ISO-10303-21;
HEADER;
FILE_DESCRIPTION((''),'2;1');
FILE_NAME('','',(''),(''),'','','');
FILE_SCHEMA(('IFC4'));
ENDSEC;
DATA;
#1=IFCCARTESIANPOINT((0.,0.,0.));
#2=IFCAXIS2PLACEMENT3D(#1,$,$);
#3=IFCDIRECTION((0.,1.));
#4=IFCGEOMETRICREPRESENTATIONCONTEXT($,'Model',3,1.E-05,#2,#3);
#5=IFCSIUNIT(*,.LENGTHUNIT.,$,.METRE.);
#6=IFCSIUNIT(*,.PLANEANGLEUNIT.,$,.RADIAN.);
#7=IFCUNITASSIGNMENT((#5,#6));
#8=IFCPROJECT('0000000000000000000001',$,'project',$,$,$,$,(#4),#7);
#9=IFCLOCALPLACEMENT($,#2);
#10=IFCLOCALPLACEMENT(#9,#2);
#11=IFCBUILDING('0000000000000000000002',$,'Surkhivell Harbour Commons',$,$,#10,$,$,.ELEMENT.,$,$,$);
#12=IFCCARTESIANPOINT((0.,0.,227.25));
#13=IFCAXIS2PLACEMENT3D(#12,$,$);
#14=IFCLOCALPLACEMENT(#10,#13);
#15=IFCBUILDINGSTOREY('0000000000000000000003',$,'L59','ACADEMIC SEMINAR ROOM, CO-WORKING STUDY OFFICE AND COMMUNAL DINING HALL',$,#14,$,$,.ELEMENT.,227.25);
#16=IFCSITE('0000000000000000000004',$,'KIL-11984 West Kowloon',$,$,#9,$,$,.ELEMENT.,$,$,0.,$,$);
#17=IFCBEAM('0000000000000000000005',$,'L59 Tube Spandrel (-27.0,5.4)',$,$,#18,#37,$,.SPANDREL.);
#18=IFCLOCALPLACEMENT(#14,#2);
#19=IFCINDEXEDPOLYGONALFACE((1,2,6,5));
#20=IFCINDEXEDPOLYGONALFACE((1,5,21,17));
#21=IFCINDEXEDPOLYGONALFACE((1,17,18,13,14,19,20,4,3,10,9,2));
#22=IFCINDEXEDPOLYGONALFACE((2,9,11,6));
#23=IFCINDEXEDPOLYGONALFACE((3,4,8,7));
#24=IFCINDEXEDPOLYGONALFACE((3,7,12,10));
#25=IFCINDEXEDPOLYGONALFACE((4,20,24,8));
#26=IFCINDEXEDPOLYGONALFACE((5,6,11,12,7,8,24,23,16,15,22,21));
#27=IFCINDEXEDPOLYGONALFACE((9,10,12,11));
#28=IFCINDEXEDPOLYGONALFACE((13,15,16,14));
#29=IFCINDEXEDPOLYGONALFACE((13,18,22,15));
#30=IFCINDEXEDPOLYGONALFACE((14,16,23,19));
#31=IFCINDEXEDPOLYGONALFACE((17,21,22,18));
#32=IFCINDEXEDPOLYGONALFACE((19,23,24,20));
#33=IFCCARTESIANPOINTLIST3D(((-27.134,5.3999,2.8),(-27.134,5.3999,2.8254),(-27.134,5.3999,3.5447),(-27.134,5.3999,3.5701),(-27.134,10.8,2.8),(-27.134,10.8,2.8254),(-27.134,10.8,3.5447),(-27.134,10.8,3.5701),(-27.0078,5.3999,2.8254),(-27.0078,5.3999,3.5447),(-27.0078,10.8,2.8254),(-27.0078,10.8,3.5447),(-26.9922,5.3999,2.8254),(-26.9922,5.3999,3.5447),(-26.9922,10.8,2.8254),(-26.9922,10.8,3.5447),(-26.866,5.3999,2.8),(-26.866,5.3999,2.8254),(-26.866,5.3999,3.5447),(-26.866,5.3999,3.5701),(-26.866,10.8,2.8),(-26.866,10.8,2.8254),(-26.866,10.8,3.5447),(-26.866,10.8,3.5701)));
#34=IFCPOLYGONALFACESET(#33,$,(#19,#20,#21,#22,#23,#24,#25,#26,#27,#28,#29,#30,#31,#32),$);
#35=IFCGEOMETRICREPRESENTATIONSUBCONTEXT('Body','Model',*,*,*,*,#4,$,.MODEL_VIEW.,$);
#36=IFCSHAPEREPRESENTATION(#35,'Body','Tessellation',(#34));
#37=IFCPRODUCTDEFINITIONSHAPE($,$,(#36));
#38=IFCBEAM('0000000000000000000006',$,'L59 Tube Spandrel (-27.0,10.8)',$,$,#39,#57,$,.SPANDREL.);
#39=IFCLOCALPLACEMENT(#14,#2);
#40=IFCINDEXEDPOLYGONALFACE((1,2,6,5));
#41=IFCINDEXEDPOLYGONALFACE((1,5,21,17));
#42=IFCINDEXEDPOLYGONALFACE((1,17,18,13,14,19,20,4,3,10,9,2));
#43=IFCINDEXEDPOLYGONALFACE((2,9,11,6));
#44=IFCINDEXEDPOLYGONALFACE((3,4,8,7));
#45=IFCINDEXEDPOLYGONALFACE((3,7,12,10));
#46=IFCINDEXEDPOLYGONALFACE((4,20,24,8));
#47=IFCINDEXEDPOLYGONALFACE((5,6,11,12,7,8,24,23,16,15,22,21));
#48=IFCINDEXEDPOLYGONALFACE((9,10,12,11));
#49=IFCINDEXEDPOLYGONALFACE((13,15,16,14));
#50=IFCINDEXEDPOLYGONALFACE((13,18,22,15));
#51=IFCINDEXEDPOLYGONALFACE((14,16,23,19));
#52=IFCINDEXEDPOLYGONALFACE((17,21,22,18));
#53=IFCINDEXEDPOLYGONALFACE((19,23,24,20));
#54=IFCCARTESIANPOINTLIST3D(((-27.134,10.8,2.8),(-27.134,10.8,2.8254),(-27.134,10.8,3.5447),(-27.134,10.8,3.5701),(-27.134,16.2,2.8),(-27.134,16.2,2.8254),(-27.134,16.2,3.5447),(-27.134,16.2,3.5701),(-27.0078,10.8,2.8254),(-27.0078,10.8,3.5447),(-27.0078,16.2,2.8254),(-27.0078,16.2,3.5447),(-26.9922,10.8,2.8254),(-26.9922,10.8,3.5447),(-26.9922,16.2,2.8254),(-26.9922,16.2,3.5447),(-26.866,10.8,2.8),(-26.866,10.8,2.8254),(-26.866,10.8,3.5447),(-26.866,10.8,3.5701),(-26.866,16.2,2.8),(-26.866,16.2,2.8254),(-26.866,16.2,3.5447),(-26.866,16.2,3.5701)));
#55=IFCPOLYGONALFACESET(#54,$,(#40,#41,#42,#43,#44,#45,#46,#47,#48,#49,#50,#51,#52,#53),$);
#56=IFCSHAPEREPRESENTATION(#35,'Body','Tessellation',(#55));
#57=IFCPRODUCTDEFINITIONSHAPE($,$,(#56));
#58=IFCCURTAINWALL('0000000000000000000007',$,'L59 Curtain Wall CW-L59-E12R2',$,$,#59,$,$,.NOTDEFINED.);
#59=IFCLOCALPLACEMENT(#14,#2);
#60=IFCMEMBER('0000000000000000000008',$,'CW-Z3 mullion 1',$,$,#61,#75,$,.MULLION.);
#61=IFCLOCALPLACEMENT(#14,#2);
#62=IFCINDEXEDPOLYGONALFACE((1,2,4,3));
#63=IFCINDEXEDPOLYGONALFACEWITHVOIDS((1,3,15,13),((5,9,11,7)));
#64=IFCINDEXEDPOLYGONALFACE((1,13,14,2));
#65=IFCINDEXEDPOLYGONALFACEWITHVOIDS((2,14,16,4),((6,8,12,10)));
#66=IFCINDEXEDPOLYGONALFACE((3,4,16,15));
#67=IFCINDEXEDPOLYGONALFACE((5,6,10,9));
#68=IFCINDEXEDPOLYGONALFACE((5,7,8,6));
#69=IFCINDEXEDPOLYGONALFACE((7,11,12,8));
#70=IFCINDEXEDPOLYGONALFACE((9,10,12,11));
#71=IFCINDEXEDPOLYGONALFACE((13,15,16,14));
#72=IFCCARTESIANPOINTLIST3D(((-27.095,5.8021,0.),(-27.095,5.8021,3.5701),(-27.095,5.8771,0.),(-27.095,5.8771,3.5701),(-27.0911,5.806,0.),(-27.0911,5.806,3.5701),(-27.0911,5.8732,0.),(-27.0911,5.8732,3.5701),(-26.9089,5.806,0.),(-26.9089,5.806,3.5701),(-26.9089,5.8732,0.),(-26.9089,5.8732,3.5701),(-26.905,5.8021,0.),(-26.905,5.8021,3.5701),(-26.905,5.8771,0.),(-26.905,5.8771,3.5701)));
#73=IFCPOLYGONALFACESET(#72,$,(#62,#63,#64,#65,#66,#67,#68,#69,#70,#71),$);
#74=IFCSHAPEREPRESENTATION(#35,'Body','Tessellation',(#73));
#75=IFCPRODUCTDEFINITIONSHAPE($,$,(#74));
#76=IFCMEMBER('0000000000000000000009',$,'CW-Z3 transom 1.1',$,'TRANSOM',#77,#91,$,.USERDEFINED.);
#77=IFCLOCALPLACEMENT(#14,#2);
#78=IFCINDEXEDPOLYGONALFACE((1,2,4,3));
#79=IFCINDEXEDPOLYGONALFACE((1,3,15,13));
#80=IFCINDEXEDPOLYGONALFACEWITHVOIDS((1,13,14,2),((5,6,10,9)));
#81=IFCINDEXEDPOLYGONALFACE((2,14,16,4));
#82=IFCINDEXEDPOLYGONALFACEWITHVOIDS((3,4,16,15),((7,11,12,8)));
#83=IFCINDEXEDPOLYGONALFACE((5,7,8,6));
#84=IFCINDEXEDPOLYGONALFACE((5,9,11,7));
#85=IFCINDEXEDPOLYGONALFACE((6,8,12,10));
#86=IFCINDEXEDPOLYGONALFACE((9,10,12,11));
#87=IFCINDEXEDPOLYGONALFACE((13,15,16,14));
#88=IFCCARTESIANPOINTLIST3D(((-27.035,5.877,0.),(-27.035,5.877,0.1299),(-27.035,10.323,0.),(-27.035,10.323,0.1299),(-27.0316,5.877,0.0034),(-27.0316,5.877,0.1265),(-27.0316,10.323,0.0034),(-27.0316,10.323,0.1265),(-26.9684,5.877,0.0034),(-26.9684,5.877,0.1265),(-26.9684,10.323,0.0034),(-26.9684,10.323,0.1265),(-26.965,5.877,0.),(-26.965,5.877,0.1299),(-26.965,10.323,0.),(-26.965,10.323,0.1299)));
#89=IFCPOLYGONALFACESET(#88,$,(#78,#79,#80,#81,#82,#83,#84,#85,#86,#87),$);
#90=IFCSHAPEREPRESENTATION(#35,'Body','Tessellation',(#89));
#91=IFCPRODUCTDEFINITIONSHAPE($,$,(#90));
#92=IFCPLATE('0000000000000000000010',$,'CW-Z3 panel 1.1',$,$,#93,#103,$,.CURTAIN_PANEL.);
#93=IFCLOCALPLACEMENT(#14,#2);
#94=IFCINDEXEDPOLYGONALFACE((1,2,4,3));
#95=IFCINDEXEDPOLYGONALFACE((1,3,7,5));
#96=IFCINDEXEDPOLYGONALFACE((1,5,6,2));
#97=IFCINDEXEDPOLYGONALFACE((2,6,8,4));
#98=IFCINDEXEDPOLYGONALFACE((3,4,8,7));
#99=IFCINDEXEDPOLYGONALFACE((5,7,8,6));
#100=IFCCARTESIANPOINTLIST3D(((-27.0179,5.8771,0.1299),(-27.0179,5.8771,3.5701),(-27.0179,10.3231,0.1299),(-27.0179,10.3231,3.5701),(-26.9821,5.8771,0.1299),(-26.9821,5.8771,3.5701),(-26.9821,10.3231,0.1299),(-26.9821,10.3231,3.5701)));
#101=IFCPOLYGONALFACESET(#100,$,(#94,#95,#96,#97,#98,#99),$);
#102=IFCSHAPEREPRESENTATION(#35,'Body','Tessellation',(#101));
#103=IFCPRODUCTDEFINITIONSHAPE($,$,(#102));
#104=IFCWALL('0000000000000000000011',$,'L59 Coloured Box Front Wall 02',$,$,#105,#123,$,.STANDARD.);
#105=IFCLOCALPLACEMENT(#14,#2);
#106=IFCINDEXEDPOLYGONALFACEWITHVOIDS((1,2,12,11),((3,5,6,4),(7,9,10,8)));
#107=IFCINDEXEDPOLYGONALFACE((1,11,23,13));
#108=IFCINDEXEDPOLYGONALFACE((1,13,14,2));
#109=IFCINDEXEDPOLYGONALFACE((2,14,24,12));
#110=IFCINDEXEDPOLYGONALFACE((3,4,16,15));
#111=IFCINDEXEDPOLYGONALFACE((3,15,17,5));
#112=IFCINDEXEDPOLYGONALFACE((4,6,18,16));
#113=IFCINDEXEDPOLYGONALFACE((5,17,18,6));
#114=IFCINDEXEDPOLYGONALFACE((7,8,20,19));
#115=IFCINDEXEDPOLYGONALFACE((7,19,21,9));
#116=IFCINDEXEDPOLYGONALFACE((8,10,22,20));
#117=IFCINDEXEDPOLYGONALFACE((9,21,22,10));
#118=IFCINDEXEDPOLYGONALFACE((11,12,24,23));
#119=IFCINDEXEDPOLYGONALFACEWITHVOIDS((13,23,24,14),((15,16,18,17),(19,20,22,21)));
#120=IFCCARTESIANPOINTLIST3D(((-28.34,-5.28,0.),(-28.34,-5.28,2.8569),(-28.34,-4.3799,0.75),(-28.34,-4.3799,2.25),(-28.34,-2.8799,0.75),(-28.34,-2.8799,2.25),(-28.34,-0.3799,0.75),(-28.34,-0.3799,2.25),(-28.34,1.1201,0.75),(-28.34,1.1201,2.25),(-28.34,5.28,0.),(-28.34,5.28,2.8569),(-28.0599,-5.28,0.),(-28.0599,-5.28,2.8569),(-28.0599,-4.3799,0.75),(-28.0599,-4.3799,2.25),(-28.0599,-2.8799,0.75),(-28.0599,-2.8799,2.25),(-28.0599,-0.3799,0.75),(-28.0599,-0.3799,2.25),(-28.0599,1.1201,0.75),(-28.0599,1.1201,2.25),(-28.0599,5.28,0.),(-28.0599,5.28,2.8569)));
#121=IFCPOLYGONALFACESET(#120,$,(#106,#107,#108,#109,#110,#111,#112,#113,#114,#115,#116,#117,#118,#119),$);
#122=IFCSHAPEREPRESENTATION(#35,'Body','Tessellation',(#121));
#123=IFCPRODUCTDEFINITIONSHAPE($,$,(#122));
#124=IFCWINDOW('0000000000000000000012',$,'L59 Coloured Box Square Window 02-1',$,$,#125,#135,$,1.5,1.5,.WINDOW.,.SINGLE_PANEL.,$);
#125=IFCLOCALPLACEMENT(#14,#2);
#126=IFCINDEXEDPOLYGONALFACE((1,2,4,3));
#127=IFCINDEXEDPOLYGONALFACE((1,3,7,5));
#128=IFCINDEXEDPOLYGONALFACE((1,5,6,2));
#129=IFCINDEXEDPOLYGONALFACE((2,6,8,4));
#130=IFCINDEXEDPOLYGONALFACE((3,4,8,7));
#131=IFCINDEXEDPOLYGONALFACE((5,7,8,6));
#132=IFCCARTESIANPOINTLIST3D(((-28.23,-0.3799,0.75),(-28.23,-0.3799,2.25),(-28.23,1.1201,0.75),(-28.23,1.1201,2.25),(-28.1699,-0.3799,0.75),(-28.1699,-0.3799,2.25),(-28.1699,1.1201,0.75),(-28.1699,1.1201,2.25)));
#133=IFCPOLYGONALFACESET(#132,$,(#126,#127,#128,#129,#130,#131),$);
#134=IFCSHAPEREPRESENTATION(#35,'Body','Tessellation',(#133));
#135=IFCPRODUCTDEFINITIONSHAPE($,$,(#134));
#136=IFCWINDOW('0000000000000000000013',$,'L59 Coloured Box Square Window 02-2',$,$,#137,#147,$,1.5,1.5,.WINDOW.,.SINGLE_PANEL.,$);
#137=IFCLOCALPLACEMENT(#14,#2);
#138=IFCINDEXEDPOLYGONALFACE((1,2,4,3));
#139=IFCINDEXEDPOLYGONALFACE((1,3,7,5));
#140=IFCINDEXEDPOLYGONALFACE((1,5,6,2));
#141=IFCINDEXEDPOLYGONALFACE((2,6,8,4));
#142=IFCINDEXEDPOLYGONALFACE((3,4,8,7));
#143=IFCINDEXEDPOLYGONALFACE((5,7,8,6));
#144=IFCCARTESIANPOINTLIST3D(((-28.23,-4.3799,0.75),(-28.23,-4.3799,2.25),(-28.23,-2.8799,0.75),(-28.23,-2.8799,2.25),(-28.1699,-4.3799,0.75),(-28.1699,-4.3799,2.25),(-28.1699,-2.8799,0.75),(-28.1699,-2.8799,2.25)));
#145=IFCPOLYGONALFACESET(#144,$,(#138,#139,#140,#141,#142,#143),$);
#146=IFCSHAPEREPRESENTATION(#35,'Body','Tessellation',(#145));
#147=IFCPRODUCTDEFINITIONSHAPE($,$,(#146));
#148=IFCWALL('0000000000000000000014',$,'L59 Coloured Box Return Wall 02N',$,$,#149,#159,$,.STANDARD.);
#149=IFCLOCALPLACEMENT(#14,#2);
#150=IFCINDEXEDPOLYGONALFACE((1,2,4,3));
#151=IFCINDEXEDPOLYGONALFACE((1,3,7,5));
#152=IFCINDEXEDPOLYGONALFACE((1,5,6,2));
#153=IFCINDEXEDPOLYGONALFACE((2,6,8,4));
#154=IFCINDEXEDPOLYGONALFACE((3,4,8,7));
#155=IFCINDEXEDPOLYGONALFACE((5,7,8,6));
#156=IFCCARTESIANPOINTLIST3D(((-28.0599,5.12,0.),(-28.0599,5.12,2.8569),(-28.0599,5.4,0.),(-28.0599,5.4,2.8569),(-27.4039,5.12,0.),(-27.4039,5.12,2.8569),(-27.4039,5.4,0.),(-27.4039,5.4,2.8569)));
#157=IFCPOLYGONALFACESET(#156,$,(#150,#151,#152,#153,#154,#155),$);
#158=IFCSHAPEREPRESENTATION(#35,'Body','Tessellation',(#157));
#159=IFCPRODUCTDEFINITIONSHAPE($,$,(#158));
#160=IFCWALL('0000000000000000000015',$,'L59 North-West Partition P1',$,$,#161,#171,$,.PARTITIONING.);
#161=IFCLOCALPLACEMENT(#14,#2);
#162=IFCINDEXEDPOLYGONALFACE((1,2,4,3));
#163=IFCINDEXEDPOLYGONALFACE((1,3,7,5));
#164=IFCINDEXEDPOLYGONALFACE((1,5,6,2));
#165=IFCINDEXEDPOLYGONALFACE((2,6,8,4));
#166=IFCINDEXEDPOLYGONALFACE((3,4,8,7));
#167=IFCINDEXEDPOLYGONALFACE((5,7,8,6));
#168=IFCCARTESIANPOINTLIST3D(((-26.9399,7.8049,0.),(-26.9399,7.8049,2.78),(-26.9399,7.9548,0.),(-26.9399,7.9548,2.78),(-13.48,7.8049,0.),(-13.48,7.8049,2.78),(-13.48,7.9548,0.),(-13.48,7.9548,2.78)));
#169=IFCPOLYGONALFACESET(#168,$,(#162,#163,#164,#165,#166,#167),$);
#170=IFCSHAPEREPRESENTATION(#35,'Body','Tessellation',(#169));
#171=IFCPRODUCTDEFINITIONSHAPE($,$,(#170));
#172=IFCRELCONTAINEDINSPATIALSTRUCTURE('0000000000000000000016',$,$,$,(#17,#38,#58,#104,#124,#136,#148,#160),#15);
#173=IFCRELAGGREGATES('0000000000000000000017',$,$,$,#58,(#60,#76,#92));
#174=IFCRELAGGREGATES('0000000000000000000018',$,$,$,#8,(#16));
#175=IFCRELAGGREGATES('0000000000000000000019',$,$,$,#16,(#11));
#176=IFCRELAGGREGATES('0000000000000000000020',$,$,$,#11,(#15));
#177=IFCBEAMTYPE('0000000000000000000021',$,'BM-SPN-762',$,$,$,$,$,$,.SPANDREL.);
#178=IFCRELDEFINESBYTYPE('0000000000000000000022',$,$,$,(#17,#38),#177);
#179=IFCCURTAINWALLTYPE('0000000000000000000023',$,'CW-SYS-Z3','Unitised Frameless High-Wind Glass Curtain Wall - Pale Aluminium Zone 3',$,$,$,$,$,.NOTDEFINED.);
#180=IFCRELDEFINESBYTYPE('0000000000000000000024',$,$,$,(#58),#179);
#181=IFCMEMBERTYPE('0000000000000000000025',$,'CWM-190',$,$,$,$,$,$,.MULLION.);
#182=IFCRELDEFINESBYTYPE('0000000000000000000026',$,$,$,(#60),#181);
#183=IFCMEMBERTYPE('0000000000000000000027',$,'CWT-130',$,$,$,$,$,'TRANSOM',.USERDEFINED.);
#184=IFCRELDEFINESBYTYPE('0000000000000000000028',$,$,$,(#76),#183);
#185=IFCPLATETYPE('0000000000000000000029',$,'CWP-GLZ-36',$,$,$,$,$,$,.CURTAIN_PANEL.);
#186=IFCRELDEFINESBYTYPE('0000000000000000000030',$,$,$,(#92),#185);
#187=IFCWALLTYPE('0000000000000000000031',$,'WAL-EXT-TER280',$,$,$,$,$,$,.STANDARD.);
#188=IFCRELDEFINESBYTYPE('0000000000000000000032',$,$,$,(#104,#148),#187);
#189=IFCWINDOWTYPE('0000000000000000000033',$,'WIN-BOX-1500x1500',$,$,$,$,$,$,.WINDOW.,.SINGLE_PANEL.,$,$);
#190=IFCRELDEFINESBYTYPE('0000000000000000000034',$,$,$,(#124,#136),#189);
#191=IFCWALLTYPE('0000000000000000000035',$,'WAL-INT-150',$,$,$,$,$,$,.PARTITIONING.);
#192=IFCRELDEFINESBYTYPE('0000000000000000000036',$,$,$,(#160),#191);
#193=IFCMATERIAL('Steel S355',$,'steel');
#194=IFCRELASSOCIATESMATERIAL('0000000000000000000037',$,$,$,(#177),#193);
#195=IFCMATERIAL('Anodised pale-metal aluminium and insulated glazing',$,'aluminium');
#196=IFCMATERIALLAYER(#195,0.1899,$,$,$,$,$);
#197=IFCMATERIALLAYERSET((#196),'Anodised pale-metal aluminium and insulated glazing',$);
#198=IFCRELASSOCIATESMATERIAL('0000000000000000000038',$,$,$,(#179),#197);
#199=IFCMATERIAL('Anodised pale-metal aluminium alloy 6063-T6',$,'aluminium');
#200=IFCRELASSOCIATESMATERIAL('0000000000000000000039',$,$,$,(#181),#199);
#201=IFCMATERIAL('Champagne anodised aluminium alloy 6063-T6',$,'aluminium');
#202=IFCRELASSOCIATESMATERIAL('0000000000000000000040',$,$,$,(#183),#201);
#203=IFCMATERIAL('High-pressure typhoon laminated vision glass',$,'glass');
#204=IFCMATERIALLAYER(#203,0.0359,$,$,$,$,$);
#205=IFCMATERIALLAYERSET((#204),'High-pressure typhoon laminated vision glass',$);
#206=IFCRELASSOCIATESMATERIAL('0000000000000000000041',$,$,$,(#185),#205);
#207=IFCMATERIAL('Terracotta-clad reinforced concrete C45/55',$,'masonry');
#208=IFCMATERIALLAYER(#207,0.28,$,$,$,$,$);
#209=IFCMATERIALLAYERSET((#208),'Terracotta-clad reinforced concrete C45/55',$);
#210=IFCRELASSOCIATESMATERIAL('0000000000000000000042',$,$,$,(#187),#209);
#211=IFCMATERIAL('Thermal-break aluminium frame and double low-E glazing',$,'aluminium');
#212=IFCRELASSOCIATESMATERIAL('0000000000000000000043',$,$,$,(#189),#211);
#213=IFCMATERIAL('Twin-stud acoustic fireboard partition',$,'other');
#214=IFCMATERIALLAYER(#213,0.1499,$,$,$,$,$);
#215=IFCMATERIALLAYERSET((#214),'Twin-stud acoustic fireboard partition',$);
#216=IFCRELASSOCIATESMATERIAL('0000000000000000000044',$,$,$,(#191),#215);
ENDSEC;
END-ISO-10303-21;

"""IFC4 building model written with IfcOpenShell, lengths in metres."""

from ifc_helpers import new_model, si_unit, direction, frame, frame_2d, origin, origin_2d, place, context, subcontext, project, spatial, rectangle, hollow_rectangle, i_section, extrude, material, layer, layer_set, material_profile, profile_set, type_object, element, fill, aggregate, save


model = new_model("IFC4")

# Units and contexts
model_context = context("Model", 3, precision=1e-05, world=origin(), true_north=direction((0.0, 1.0)))
body_context = subcontext(model_context, "Body", "Model", "MODEL_VIEW")
ifc_project = project(units=[si_unit("LENGTHUNIT", "METRE"), si_unit("PLANEANGLEUNIT", "RADIAN")], contexts=[model_context])

# Site, building, storey
site_placement = place(None, origin())
site = spatial("IfcSite", under=ifc_project, at=site_placement, Name="KIL-11984 West Kowloon", CompositionType="ELEMENT", RefElevation=0.0)
building_placement = place(site_placement, origin())
building = spatial("IfcBuilding", under=site, at=building_placement, Name="Surkhivell Harbour Commons", CompositionType="ELEMENT")
storey_placement = place(building_placement, frame((0.0, 0.0, 227.25)))
storey = spatial("IfcBuildingStorey", under=building, at=storey_placement, Name="L59", Description="ACADEMIC SEMINAR ROOM, CO-WORKING STUDY OFFICE AND COMMUNAL DINING HALL", CompositionType="ELEMENT", Elevation=227.25)

# Beams
ifc_material_1 = material(Name="Steel S355", Category="steel")
ifc_material_profile_1 = material_profile(ifc_material_1, i_section(OverallWidth=0.2681, OverallDepth=0.77, WebThickness=0.0156, FlangeThickness=0.0254, at=origin_2d()), Name="UB762x267x197")
ifc_profile_set_1 = profile_set([ifc_material_profile_1], Name="Steel S355")
beam_type_1 = type_object("IfcBeamType", Name="BM-SPN-762", PredefinedType="SPANDREL", material=ifc_profile_set_1)
beam_1_placement = place(storey_placement, frame((-27.0, 5.3999, 3.1851), z_axis=(0.0, 1.0, 0.0), x_axis=(-1.0, 0.0, 0.0)))
element("IfcBeam", 1, at=beam_1_placement, inside=storey, type_object=beam_type_1, Name="L59 Tube Spandrel (-27.0,5.4)", PredefinedType="SPANDREL", context=body_context, shape_type="SweptSolid", body=[
    extrude(i_section(OverallWidth=0.2681, OverallDepth=0.77, WebThickness=0.0156, FlangeThickness=0.0254, at=origin_2d()), origin(), (0.0, 0.0, 1.0), 5.4001),
])
beam_2_placement = place(storey_placement, frame((-27.0, 10.8, 3.1851), z_axis=(0.0, 1.0, 0.0), x_axis=(-1.0, 0.0, 0.0)))
element("IfcBeam", 2, at=beam_2_placement, inside=storey, type_object=beam_type_1, Name="L59 Tube Spandrel (-27.0,10.8)", PredefinedType="SPANDREL", context=body_context, shape_type="SweptSolid", body=[
    extrude(i_section(OverallWidth=0.2681, OverallDepth=0.77, WebThickness=0.0156, FlangeThickness=0.0254, at=origin_2d()), origin(), (0.0, 0.0, 1.0), 5.3999),
])

# Curtain wall, members, plate
ifc_material_2 = material(Name="Anodised pale-metal aluminium and insulated glazing", Category="aluminium")
ifc_layer_1 = layer(ifc_material_2, 0.1899)
ifc_layer_set_1 = layer_set([ifc_layer_1], Name="Anodised pale-metal aluminium and insulated glazing")
curtain_wall_type = type_object("IfcCurtainWallType", Name="CW-SYS-Z3", Description="Unitised Frameless High-Wind Glass Curtain Wall - Pale Aluminium Zone 3", PredefinedType="NOTDEFINED", material=ifc_layer_set_1)
curtain_wall_placement = place(storey_placement, origin())
curtain_wall = element("IfcCurtainWall", 3, at=curtain_wall_placement, inside=storey, type_object=curtain_wall_type, Name="L59 Curtain Wall CW-L59-E12R2", PredefinedType="NOTDEFINED")
ifc_material_3 = material(Name="Anodised pale-metal aluminium alloy 6063-T6", Category="aluminium")
ifc_material_profile_2 = material_profile(ifc_material_3, hollow_rectangle(XDim=0.075, YDim=0.1899, WallThickness=0.0039, at=origin_2d()), Name="ALU-MULL-75x190")
ifc_profile_set_2 = profile_set([ifc_material_profile_2], Name="Anodised pale-metal aluminium alloy 6063-T6")
member_type_1 = type_object("IfcMemberType", Name="CWM-190", PredefinedType="MULLION", material=ifc_profile_set_2)
member_1_placement = place(storey_placement, frame((-27.0, 5.8396, 0.0), z_axis=(0.0, 0.0, 1.0), x_axis=(0.0, 1.0, 0.0)))
member_1 = element("IfcMember", 4, at=member_1_placement, type_object=member_type_1, Name="CW-Z3 mullion 1", PredefinedType="MULLION", context=body_context, shape_type="SweptSolid", body=[
    extrude(hollow_rectangle(XDim=0.075, YDim=0.1899, WallThickness=0.0039, at=origin_2d()), origin(), (0.0, 0.0, 1.0), 3.5701),
])
ifc_material_4 = material(Name="Champagne anodised aluminium alloy 6063-T6", Category="aluminium")
ifc_material_profile_3 = material_profile(ifc_material_4, hollow_rectangle(XDim=0.0701, YDim=0.1299, WallThickness=0.0034, at=origin_2d()), Name="ALU-TRAN-70x130")
ifc_profile_set_3 = profile_set([ifc_material_profile_3], Name="Champagne anodised aluminium alloy 6063-T6")
member_type_2 = type_object("IfcMemberType", Name="CWT-130", ElementType="TRANSOM", PredefinedType="USERDEFINED", material=ifc_profile_set_3)
member_2_placement = place(storey_placement, frame((-27.0, 5.877, 0.0649), z_axis=(0.0, 1.0, 0.0), x_axis=(-1.0, 0.0, 0.0)))
member_2 = element("IfcMember", 5, at=member_2_placement, type_object=member_type_2, Name="CW-Z3 transom 1.1", ObjectType="TRANSOM", PredefinedType="USERDEFINED", context=body_context, shape_type="SweptSolid", body=[
    extrude(hollow_rectangle(XDim=0.0701, YDim=0.1299, WallThickness=0.0034, at=origin_2d()), origin(), (0.0, 0.0, 1.0), 4.446),
])
ifc_material_5 = material(Name="High-pressure typhoon laminated vision glass", Category="glass")
ifc_layer_2 = layer(ifc_material_5, 0.0359)
ifc_layer_set_2 = layer_set([ifc_layer_2], Name="High-pressure typhoon laminated vision glass")
plate_type = type_object("IfcPlateType", Name="CWP-GLZ-36", PredefinedType="CURTAIN_PANEL", material=ifc_layer_set_2)
plate_placement = place(storey_placement, frame((-27.0, 5.877, 0.1299), z_axis=(0.0, 0.0, 1.0), x_axis=(0.0, 1.0, 0.0)))
plate = element("IfcPlate", 6, at=plate_placement, type_object=plate_type, Name="CW-Z3 panel 1.1", PredefinedType="CURTAIN_PANEL", context=body_context, shape_type="SweptSolid", body=[
    extrude(rectangle(XDim=4.446, YDim=0.0359, at=frame_2d((2.2231, 0.0))), origin(), (0.0, 0.0, 1.0), 3.4402),
])
aggregate(curtain_wall, [member_1, member_2, plate])

# Wall, openings, windows
ifc_material_6 = material(Name="Terracotta-clad reinforced concrete C45/55", Category="masonry")
ifc_layer_3 = layer(ifc_material_6, 0.28)
ifc_layer_set_3 = layer_set([ifc_layer_3], Name="Terracotta-clad reinforced concrete C45/55")
wall_type_1 = type_object("IfcWallType", Name="WAL-EXT-TER280", PredefinedType="STANDARD", material=ifc_layer_set_3)
wall_1_placement = place(storey_placement, frame((-28.2, 5.28, 0.0), z_axis=(0.0, 0.0, 1.0), x_axis=(0.0, -1.0, 0.0)))
wall_1 = element("IfcWall", 7, at=wall_1_placement, inside=storey, type_object=wall_type_1, Name="L59 Coloured Box Front Wall 02", PredefinedType="STANDARD", context=body_context, shape_type="SweptSolid", body=[
    extrude(rectangle(XDim=10.5601, YDim=0.28, at=frame_2d((5.28, 0.0))), origin(), (0.0, 0.0, 1.0), 2.8569),
])
opening_1_placement = place(wall_1_placement, frame((4.1599, 0.0, 0.75)))
opening_1 = element("IfcOpeningElement", 8, at=opening_1_placement, cuts=wall_1, PredefinedType="OPENING", context=body_context, shape_type="SweptSolid", body=[
    extrude(rectangle(XDim=1.5, YDim=1.5, at=frame_2d((0.75, 0.75))), frame((0.0, 0.1499, 0.0), z_axis=(0.0, -1.0, 0.0), x_axis=(1.0, 0.0, 0.0)), (0.0, 0.0, 1.0), 0.3),
])
opening_2_placement = place(wall_1_placement, frame((8.1599, 0.0, 0.75)))
opening_2 = element("IfcOpeningElement", 9, at=opening_2_placement, cuts=wall_1, PredefinedType="OPENING", context=body_context, shape_type="SweptSolid", body=[
    extrude(rectangle(XDim=1.5, YDim=1.5, at=frame_2d((0.75, 0.75))), frame((0.0, 0.1499, 0.0), z_axis=(0.0, -1.0, 0.0), x_axis=(1.0, 0.0, 0.0)), (0.0, 0.0, 1.0), 0.3),
])
ifc_material_7 = material(Name="Thermal-break aluminium frame and double low-E glazing", Category="aluminium")
window_type = type_object("IfcWindowType", Name="WIN-BOX-1500x1500", PartitioningType="SINGLE_PANEL", PredefinedType="WINDOW", material=ifc_material_7)
window_1_placement = place(opening_1_placement, origin())
window_1 = element("IfcWindow", 10, at=window_1_placement, inside=storey, type_object=window_type, Name="L59 Coloured Box Square Window 02-1", OverallHeight=1.5, OverallWidth=1.5, PartitioningType="SINGLE_PANEL", PredefinedType="WINDOW", context=body_context, shape_type="SweptSolid", body=[
    extrude(rectangle(XDim=1.5, YDim=1.5, at=frame_2d((0.75, 0.75))), frame((0.0, 0.03, 0.0), z_axis=(0.0, -1.0, 0.0), x_axis=(1.0, 0.0, 0.0)), (0.0, 0.0, 1.0), 0.0601),
])
fill(opening_1, window_1)
window_2_placement = place(opening_2_placement, origin())
window_2 = element("IfcWindow", 11, at=window_2_placement, inside=storey, type_object=window_type, Name="L59 Coloured Box Square Window 02-2", OverallHeight=1.5, OverallWidth=1.5, PartitioningType="SINGLE_PANEL", PredefinedType="WINDOW", context=body_context, shape_type="SweptSolid", body=[
    extrude(rectangle(XDim=1.5, YDim=1.5, at=frame_2d((0.75, 0.75))), frame((0.0, 0.03, 0.0), z_axis=(0.0, -1.0, 0.0), x_axis=(1.0, 0.0, 0.0)), (0.0, 0.0, 1.0), 0.0601),
])
fill(opening_2, window_2)

# Walls
wall_2_placement = place(storey_placement, frame((-28.0601, 5.26, 0.0), z_axis=(0.0, 0.0, 1.0), x_axis=(1.0, 0.0, 0.0)))
element("IfcWall", 12, at=wall_2_placement, inside=storey, type_object=wall_type_1, Name="L59 Coloured Box Return Wall 02N", PredefinedType="STANDARD", context=body_context, shape_type="SweptSolid", body=[
    extrude(rectangle(XDim=0.656, YDim=0.28, at=frame_2d((0.3281, 0.0))), origin(), (0.0, 0.0, 1.0), 2.8569),
])
ifc_material_8 = material(Name="Twin-stud acoustic fireboard partition", Category="other")
ifc_layer_4 = layer(ifc_material_8, 0.1499)
ifc_layer_set_4 = layer_set([ifc_layer_4], Name="Twin-stud acoustic fireboard partition")
wall_type_2 = type_object("IfcWallType", Name="WAL-INT-150", PredefinedType="PARTITIONING", material=ifc_layer_set_4)
wall_3_placement = place(storey_placement, frame((-26.9399, 7.8799, 0.0), z_axis=(0.0, 0.0, 1.0), x_axis=(1.0, 0.0, 0.0)))
element("IfcWall", 13, at=wall_3_placement, inside=storey, type_object=wall_type_2, Name="L59 North-West Partition P1", PredefinedType="PARTITIONING", context=body_context, shape_type="SweptSolid", body=[
    extrude(rectangle(XDim=13.46, YDim=0.1499, at=frame_2d((6.73, 0.0))), origin(), (0.0, 0.0, 1.0), 2.78),
])

save(model, "model.ifc")
